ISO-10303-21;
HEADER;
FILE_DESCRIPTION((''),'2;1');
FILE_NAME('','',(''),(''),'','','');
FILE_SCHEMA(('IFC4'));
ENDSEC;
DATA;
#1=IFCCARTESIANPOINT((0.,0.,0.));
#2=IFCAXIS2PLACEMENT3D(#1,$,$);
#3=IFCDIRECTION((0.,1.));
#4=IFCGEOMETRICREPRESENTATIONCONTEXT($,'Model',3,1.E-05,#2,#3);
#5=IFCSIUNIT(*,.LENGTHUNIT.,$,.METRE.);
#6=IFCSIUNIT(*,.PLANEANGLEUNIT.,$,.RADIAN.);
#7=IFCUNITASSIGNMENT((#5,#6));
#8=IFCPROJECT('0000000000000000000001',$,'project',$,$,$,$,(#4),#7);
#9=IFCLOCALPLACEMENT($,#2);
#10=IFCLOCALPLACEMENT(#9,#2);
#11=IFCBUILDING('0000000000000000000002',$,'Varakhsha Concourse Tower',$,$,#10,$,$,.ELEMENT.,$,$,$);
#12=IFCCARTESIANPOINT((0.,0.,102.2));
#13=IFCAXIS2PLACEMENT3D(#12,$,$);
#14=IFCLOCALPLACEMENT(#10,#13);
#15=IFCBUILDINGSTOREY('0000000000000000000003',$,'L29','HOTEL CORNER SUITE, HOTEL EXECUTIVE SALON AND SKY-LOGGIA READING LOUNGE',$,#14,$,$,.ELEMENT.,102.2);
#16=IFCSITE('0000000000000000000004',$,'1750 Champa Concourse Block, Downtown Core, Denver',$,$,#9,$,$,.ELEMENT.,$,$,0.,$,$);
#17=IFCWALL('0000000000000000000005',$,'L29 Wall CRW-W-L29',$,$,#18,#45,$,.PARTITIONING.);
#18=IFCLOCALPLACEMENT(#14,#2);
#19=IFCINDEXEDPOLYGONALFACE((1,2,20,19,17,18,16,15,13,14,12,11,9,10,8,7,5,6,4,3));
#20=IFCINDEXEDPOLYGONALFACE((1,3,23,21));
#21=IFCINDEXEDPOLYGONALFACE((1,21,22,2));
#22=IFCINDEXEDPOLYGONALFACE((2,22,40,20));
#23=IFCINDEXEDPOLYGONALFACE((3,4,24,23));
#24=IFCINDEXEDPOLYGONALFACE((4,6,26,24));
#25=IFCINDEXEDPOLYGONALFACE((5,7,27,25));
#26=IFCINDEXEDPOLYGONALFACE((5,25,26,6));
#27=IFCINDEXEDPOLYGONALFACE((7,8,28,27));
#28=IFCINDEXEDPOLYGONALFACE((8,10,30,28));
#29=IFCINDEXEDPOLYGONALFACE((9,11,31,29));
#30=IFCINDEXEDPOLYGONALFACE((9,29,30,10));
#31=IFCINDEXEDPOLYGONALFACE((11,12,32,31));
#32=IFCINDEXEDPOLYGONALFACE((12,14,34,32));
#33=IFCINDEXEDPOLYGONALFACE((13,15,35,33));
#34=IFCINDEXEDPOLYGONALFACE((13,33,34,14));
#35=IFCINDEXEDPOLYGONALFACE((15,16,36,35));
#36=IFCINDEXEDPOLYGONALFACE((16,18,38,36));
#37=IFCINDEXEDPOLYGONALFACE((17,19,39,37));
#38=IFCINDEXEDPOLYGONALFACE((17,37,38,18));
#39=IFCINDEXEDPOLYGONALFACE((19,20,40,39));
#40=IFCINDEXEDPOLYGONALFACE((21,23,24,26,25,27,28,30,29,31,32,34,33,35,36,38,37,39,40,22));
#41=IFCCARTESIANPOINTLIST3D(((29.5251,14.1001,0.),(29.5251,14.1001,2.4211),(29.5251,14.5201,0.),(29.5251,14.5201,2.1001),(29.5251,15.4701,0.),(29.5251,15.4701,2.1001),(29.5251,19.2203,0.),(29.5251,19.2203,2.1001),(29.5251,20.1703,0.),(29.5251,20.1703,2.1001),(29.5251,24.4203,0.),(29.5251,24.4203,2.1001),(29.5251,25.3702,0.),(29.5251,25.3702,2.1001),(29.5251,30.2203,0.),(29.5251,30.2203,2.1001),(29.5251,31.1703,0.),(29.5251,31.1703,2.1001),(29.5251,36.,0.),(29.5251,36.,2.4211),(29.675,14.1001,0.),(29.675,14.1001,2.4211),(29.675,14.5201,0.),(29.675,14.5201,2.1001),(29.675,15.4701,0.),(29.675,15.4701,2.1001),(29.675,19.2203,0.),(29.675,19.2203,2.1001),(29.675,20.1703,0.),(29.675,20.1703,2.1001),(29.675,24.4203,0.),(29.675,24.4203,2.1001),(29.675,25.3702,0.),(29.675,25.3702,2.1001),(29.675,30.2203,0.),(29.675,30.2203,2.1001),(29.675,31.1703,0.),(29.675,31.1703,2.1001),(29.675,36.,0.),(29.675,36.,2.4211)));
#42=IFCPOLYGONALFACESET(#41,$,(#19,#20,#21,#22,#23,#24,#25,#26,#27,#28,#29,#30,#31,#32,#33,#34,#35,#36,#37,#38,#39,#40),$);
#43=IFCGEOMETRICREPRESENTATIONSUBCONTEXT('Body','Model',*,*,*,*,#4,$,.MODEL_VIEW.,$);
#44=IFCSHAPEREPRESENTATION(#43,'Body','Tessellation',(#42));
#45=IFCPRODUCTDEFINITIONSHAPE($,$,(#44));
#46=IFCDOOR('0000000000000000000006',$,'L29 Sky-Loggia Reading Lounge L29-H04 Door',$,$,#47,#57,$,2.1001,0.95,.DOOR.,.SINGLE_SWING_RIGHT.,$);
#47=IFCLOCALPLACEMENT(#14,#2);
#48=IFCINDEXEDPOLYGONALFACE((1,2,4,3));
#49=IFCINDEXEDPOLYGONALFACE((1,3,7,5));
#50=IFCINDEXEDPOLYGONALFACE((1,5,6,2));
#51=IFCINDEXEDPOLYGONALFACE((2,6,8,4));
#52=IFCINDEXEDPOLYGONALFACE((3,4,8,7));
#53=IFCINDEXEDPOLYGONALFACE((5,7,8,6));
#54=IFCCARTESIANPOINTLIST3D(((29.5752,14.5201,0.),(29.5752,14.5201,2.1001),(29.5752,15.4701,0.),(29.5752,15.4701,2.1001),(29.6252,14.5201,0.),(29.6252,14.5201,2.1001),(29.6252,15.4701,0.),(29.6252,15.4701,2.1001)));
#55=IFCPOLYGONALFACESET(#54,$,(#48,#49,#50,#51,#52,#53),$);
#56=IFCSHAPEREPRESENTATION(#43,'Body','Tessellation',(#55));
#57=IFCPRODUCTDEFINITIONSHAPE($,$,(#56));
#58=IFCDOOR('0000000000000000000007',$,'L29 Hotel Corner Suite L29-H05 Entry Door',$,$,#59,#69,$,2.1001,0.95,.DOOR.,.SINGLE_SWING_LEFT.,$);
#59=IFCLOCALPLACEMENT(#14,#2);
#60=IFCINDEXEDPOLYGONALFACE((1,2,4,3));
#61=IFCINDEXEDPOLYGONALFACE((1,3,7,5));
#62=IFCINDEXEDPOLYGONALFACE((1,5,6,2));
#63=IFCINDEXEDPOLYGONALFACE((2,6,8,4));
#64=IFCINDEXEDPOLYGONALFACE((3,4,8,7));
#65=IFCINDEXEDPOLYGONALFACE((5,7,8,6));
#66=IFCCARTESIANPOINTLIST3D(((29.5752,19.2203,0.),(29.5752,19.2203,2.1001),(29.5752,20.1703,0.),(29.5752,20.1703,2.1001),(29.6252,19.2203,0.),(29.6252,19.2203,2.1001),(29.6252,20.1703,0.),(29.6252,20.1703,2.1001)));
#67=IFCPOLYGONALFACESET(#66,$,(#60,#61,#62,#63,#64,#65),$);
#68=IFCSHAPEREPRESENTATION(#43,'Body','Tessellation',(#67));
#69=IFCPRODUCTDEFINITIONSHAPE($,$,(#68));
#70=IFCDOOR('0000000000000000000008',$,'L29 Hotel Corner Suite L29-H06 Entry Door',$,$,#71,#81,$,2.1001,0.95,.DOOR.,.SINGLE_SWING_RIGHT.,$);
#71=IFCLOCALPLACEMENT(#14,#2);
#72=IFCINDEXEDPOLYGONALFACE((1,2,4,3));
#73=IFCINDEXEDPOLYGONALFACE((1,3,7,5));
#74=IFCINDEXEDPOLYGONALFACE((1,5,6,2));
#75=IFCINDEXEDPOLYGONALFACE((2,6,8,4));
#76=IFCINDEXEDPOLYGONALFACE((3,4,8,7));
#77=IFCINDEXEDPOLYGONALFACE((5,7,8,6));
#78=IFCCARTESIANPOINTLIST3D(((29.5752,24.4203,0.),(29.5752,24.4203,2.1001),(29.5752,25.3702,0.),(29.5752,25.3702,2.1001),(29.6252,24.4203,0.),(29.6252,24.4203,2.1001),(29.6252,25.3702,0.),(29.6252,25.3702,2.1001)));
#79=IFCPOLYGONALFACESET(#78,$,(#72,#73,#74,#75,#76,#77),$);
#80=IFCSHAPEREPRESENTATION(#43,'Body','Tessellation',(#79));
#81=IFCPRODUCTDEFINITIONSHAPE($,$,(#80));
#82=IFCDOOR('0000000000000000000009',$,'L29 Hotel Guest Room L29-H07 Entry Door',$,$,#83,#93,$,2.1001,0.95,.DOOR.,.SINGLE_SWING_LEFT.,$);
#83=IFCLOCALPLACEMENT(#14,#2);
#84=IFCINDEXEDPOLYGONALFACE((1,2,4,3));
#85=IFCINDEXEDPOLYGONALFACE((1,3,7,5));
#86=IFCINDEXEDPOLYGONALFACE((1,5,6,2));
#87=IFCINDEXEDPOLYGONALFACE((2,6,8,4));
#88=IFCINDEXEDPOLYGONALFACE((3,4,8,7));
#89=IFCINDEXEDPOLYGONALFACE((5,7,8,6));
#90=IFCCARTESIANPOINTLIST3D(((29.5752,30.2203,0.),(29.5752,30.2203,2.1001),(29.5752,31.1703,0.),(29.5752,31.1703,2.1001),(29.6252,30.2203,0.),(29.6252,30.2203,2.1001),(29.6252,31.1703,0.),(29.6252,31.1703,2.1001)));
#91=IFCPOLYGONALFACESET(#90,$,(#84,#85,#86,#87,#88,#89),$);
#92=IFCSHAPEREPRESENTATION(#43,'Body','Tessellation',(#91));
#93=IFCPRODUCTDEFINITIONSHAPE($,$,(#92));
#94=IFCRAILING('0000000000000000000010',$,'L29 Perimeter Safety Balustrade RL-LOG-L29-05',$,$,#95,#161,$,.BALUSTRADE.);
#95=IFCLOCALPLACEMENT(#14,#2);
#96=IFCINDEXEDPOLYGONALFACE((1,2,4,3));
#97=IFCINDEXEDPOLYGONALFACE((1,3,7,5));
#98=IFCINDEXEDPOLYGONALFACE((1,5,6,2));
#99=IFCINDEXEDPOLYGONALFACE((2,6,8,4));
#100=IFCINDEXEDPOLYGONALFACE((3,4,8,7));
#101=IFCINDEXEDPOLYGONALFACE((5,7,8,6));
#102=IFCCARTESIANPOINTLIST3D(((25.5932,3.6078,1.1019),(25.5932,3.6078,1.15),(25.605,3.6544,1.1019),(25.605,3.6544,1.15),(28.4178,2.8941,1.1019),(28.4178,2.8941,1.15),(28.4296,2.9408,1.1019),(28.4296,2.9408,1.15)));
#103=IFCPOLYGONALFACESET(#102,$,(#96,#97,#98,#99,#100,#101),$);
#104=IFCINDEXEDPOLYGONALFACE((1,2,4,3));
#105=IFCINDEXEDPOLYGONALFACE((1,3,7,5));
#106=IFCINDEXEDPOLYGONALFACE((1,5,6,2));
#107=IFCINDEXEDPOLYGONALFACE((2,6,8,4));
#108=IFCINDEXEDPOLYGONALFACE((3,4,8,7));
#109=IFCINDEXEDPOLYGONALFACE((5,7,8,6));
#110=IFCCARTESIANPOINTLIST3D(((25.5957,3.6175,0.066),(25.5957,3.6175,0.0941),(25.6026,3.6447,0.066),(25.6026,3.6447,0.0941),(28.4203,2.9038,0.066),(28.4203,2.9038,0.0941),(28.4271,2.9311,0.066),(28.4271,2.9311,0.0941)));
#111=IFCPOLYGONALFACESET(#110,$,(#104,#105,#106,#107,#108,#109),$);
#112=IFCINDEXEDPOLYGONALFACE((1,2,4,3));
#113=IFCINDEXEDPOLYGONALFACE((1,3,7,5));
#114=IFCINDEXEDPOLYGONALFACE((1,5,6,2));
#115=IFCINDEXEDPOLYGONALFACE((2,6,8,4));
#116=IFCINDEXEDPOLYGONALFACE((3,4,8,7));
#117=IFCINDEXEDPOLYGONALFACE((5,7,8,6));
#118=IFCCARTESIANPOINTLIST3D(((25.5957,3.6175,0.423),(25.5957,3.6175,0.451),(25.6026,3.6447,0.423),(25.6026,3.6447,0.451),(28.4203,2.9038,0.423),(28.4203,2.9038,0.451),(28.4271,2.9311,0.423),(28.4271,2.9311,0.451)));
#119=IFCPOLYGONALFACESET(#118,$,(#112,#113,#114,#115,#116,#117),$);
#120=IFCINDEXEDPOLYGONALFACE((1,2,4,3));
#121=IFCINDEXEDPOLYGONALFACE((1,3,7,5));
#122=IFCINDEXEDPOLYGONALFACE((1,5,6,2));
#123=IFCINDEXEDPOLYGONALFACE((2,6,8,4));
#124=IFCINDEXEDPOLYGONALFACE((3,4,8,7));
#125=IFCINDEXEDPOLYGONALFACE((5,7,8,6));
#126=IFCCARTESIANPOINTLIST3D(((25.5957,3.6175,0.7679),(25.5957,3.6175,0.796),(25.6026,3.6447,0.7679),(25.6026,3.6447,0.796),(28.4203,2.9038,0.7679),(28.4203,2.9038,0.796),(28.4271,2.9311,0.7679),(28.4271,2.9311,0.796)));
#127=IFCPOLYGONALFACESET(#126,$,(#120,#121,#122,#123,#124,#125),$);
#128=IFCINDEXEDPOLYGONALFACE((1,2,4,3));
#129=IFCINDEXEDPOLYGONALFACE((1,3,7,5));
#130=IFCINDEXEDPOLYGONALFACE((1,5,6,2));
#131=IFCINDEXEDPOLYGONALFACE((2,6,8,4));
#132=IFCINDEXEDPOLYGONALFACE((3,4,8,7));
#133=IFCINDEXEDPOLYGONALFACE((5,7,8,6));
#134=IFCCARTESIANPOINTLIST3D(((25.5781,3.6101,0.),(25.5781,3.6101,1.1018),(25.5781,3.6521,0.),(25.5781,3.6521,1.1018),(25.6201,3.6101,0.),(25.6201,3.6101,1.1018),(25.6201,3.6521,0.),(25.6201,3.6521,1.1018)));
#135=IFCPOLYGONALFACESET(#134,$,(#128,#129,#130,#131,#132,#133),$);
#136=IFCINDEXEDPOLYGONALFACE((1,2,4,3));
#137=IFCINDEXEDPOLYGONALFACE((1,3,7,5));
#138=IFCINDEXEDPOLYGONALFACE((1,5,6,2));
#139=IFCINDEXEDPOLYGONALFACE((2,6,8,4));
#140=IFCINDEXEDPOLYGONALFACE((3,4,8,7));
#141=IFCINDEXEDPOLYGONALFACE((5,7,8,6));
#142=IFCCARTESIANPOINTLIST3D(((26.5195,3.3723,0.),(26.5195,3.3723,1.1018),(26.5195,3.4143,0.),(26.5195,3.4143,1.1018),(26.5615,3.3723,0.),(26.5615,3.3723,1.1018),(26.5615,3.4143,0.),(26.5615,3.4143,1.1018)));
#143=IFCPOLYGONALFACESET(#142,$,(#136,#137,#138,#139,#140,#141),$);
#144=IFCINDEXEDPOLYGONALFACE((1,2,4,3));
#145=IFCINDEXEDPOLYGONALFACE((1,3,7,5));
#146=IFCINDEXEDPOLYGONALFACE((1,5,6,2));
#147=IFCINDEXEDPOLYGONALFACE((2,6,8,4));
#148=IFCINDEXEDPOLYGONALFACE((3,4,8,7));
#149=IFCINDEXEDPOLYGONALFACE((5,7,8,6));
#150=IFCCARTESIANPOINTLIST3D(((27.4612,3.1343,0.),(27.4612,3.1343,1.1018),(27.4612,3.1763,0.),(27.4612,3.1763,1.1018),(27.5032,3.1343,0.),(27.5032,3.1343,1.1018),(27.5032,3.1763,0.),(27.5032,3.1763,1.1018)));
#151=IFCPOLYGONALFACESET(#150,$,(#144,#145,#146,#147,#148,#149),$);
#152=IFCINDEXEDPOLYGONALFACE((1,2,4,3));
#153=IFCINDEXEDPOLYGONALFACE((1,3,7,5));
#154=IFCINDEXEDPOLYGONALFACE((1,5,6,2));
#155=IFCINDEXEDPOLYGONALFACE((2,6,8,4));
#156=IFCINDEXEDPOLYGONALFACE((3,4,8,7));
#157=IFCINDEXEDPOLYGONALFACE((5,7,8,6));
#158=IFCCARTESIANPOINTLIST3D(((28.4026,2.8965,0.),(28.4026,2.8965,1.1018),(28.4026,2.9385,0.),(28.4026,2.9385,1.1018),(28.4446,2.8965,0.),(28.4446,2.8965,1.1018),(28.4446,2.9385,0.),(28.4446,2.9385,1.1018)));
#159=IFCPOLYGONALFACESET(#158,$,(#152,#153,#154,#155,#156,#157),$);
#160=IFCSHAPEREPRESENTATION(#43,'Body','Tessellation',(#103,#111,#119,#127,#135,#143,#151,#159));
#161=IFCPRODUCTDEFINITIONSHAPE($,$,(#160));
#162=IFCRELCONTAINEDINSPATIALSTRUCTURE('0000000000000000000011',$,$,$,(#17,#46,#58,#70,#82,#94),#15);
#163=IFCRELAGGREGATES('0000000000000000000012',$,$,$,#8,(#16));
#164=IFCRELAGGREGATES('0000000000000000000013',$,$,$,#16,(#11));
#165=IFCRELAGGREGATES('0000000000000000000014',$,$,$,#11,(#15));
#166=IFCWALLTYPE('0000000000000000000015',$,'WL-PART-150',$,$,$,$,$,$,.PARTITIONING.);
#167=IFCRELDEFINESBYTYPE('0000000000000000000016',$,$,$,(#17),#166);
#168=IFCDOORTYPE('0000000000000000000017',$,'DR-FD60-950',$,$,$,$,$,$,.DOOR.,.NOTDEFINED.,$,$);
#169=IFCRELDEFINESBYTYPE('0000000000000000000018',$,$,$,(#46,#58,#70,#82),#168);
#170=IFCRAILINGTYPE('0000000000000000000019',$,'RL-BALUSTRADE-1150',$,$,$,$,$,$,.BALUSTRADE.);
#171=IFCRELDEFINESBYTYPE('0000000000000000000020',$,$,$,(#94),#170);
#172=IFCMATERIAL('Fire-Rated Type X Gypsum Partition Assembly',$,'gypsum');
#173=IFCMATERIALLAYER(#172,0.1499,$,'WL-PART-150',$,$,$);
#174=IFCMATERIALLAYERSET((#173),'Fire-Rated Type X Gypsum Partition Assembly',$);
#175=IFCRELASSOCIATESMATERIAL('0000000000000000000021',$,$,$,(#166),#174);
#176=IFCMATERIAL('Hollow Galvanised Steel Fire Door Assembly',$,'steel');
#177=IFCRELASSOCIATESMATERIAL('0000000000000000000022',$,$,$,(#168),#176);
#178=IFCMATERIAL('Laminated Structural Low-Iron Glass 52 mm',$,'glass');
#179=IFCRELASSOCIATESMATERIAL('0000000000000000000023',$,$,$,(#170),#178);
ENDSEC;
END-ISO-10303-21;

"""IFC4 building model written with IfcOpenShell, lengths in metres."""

from ifc_helpers import new_model, si_unit, direction, frame, frame_2d, origin, origin_2d, place, context, subcontext, project, spatial, rectangle, extrude, material, layer, layer_set, type_object, element, fill, save


model = new_model("IFC4")

# Units and contexts
model_context = context("Model", 3, precision=1e-05, world=origin(), true_north=direction((0.0, 1.0)))
body_context = subcontext(model_context, "Body", "Model", "MODEL_VIEW")
ifc_project = project(units=[si_unit("LENGTHUNIT", "METRE"), si_unit("PLANEANGLEUNIT", "RADIAN")], contexts=[model_context])

# Site, building, storey
site_placement = place(None, origin())
site = spatial("IfcSite", under=ifc_project, at=site_placement, Name="1750 Champa Concourse Block, Downtown Core, Denver", CompositionType="ELEMENT", RefElevation=0.0)
building_placement = place(site_placement, origin())
building = spatial("IfcBuilding", under=site, at=building_placement, Name="Varakhsha Concourse Tower", CompositionType="ELEMENT")
storey_placement = place(building_placement, frame((0.0, 0.0, 102.2)))
storey = spatial("IfcBuildingStorey", under=building, at=storey_placement, Name="L29", Description="HOTEL CORNER SUITE, HOTEL EXECUTIVE SALON AND SKY-LOGGIA READING LOUNGE", CompositionType="ELEMENT", Elevation=102.2)

# Wall, openings, doors
ifc_material_1 = material(Name="Fire-Rated Type X Gypsum Partition Assembly", Category="gypsum")
ifc_layer = layer(ifc_material_1, 0.1499, Name="WL-PART-150")
ifc_layer_set = layer_set([ifc_layer], Name="Fire-Rated Type X Gypsum Partition Assembly")
wall_type = type_object("IfcWallType", Name="WL-PART-150", PredefinedType="PARTITIONING", material=ifc_layer_set)
ifc_material_2 = material(Name="Hollow Galvanised Steel Fire Door Assembly", Category="steel")
door_type = type_object("IfcDoorType", Name="DR-FD60-950", OperationType="NOTDEFINED", PredefinedType="DOOR", material=ifc_material_2)
wall_1_placement = place(storey_placement, frame((29.6001, 14.1001, 0.0), z_axis=(0.0, 0.0, 1.0), x_axis=(0.0, 1.0, 0.0)))
wall_1 = element("IfcWall", 1, at=wall_1_placement, inside=storey, type_object=wall_type, Name="L29 Wall CRW-W-L29", PredefinedType="PARTITIONING", context=body_context, shape_type="SweptSolid", body=[
    extrude(rectangle(XDim=21.8999, YDim=0.1499, at=frame_2d((10.95, 0.0))), origin(), (0.0, 0.0, 1.0), 2.4211),
])
opening_1_placement = place(wall_1_placement, frame((0.4199, 0.0, 0.0)))
opening_1 = element("IfcOpeningElement", 2, at=opening_1_placement, cuts=wall_1, PredefinedType="OPENING", context=body_context, shape_type="SweptSolid", body=[
    extrude(rectangle(XDim=0.95, YDim=2.1001, at=frame_2d((0.4751, 1.05))), frame((0.0, 0.085, 0.0), z_axis=(0.0, -1.0, 0.0), x_axis=(1.0, 0.0, 0.0)), (0.0, 0.0, 1.0), 0.1699),
])
opening_2_placement = place(wall_1_placement, frame((5.1201, 0.0, 0.0)))
opening_2 = element("IfcOpeningElement", 3, at=opening_2_placement, cuts=wall_1, PredefinedType="OPENING", context=body_context, shape_type="SweptSolid", body=[
    extrude(rectangle(XDim=0.95, YDim=2.1001, at=frame_2d((0.4751, 1.05))), frame((0.0, 0.085, 0.0), z_axis=(0.0, -1.0, 0.0), x_axis=(1.0, 0.0, 0.0)), (0.0, 0.0, 1.0), 0.1699),
])
opening_3_placement = place(wall_1_placement, frame((10.3201, 0.0, 0.0)))
opening_3 = element("IfcOpeningElement", 4, at=opening_3_placement, cuts=wall_1, PredefinedType="OPENING", context=body_context, shape_type="SweptSolid", body=[
    extrude(rectangle(XDim=0.95, YDim=2.1001, at=frame_2d((0.4751, 1.05))), frame((0.0, 0.085, 0.0), z_axis=(0.0, -1.0, 0.0), x_axis=(1.0, 0.0, 0.0)), (0.0, 0.0, 1.0), 0.1699),
])
opening_4_placement = place(wall_1_placement, frame((16.1201, 0.0, 0.0)))
opening_4 = element("IfcOpeningElement", 5, at=opening_4_placement, cuts=wall_1, PredefinedType="OPENING", context=body_context, shape_type="SweptSolid", body=[
    extrude(rectangle(XDim=0.95, YDim=2.1001, at=frame_2d((0.4751, 1.05))), frame((0.0, 0.085, 0.0), z_axis=(0.0, -1.0, 0.0), x_axis=(1.0, 0.0, 0.0)), (0.0, 0.0, 1.0), 0.1699),
])
door_1_placement = place(opening_1_placement, origin())
door_1 = element("IfcDoor", 6, at=door_1_placement, inside=storey, type_object=door_type, Name="L29 Sky-Loggia Reading Lounge L29-H04 Door", OperationType="SINGLE_SWING_RIGHT", OverallHeight=2.1001, OverallWidth=0.95, PredefinedType="DOOR", context=body_context, shape_type="SweptSolid", body=[
    extrude(rectangle(XDim=0.95, YDim=2.1001, at=frame_2d((0.4751, 1.05))), frame((0.0, 0.0249, 0.0), z_axis=(0.0, -1.0, 0.0), x_axis=(1.0, 0.0, 0.0)), (0.0, 0.0, 1.0), 0.05),
])
fill(opening_1, door_1)
door_2_placement = place(opening_2_placement, origin())
door_2 = element("IfcDoor", 7, at=door_2_placement, inside=storey, type_object=door_type, Name="L29 Hotel Corner Suite L29-H05 Entry Door", OperationType="SINGLE_SWING_LEFT", OverallHeight=2.1001, OverallWidth=0.95, PredefinedType="DOOR", context=body_context, shape_type="SweptSolid", body=[
    extrude(rectangle(XDim=0.95, YDim=2.1001, at=frame_2d((0.4751, 1.05))), frame((0.0, 0.0249, 0.0), z_axis=(0.0, -1.0, 0.0), x_axis=(1.0, 0.0, 0.0)), (0.0, 0.0, 1.0), 0.05),
])
fill(opening_2, door_2)
door_3_placement = place(opening_3_placement, origin())
door_3 = element("IfcDoor", 8, at=door_3_placement, inside=storey, type_object=door_type, Name="L29 Hotel Corner Suite L29-H06 Entry Door", OperationType="SINGLE_SWING_RIGHT", OverallHeight=2.1001, OverallWidth=0.95, PredefinedType="DOOR", context=body_context, shape_type="SweptSolid", body=[
    extrude(rectangle(XDim=0.95, YDim=2.1001, at=frame_2d((0.4751, 1.05))), frame((0.0, 0.0249, 0.0), z_axis=(0.0, -1.0, 0.0), x_axis=(1.0, 0.0, 0.0)), (0.0, 0.0, 1.0), 0.05),
])
fill(opening_3, door_3)
door_4_placement = place(opening_4_placement, origin())
door_4 = element("IfcDoor", 9, at=door_4_placement, inside=storey, type_object=door_type, Name="L29 Hotel Guest Room L29-H07 Entry Door", OperationType="SINGLE_SWING_LEFT", OverallHeight=2.1001, OverallWidth=0.95, PredefinedType="DOOR", context=body_context, shape_type="SweptSolid", body=[
    extrude(rectangle(XDim=0.95, YDim=2.1001, at=frame_2d((0.4751, 1.05))), frame((0.0, 0.0249, 0.0), z_axis=(0.0, -1.0, 0.0), x_axis=(1.0, 0.0, 0.0)), (0.0, 0.0, 1.0), 0.05),
])
fill(opening_4, door_4)

# Railing
ifc_material_3 = material(Name="Laminated Structural Low-Iron Glass 52 mm", Category="glass")
railing_type = type_object("IfcRailingType", Name="RL-BALUSTRADE-1150", PredefinedType="BALUSTRADE", material=ifc_material_3)
railing_1_placement = place(storey_placement, frame((25.5991, 3.6311, 0.0)))
element("IfcRailing", 10, at=railing_1_placement, inside=storey, type_object=railing_type, Name="L29 Perimeter Safety Balustrade RL-LOG-L29-05", PredefinedType="BALUSTRADE", context=body_context, shape_type="SweptSolid", body=[
    extrude(rectangle(XDim=0.0481, YDim=0.0481, at=origin_2d()), frame((0.0, 0.0, 1.126), z_axis=(0.969533, -0.24496, 0.0), x_axis=(0.24496, 0.969533, 0.0)), (0.0, 0.0, 1.0), 2.9133),
    extrude(rectangle(XDim=0.0281, YDim=0.0281, at=origin_2d()), frame((0.0, 0.0, 0.0801), z_axis=(0.969533, -0.24496, 0.0), x_axis=(0.24496, 0.969533, 0.0)), (0.0, 0.0, 1.0), 2.9133),
    extrude(rectangle(XDim=0.0281, YDim=0.0281, at=origin_2d()), frame((0.0, 0.0, 0.437), z_axis=(0.969533, -0.24496, 0.0), x_axis=(0.24496, 0.969533, 0.0)), (0.0, 0.0, 1.0), 2.9133),
    extrude(rectangle(XDim=0.0281, YDim=0.0281, at=origin_2d()), frame((0.0, 0.0, 0.782), z_axis=(0.969533, -0.24496, 0.0), x_axis=(0.24496, 0.969533, 0.0)), (0.0, 0.0, 1.0), 2.9133),
    extrude(rectangle(XDim=0.042, YDim=0.042, at=origin_2d()), origin(), (0.0, 0.0, 1.0), 1.1018),
    extrude(rectangle(XDim=0.042, YDim=0.042, at=origin_2d()), frame((0.9414, -0.2378, 0.0)), (0.0, 0.0, 1.0), 1.1018),
    extrude(rectangle(XDim=0.042, YDim=0.042, at=origin_2d()), frame((1.8831, -0.4758, 0.0)), (0.0, 0.0, 1.0), 1.1018),
    extrude(rectangle(XDim=0.042, YDim=0.042, at=origin_2d()), frame((2.8245, -0.7136, 0.0)), (0.0, 0.0, 1.0), 1.1018),
])

save(model, "model.ifc")
